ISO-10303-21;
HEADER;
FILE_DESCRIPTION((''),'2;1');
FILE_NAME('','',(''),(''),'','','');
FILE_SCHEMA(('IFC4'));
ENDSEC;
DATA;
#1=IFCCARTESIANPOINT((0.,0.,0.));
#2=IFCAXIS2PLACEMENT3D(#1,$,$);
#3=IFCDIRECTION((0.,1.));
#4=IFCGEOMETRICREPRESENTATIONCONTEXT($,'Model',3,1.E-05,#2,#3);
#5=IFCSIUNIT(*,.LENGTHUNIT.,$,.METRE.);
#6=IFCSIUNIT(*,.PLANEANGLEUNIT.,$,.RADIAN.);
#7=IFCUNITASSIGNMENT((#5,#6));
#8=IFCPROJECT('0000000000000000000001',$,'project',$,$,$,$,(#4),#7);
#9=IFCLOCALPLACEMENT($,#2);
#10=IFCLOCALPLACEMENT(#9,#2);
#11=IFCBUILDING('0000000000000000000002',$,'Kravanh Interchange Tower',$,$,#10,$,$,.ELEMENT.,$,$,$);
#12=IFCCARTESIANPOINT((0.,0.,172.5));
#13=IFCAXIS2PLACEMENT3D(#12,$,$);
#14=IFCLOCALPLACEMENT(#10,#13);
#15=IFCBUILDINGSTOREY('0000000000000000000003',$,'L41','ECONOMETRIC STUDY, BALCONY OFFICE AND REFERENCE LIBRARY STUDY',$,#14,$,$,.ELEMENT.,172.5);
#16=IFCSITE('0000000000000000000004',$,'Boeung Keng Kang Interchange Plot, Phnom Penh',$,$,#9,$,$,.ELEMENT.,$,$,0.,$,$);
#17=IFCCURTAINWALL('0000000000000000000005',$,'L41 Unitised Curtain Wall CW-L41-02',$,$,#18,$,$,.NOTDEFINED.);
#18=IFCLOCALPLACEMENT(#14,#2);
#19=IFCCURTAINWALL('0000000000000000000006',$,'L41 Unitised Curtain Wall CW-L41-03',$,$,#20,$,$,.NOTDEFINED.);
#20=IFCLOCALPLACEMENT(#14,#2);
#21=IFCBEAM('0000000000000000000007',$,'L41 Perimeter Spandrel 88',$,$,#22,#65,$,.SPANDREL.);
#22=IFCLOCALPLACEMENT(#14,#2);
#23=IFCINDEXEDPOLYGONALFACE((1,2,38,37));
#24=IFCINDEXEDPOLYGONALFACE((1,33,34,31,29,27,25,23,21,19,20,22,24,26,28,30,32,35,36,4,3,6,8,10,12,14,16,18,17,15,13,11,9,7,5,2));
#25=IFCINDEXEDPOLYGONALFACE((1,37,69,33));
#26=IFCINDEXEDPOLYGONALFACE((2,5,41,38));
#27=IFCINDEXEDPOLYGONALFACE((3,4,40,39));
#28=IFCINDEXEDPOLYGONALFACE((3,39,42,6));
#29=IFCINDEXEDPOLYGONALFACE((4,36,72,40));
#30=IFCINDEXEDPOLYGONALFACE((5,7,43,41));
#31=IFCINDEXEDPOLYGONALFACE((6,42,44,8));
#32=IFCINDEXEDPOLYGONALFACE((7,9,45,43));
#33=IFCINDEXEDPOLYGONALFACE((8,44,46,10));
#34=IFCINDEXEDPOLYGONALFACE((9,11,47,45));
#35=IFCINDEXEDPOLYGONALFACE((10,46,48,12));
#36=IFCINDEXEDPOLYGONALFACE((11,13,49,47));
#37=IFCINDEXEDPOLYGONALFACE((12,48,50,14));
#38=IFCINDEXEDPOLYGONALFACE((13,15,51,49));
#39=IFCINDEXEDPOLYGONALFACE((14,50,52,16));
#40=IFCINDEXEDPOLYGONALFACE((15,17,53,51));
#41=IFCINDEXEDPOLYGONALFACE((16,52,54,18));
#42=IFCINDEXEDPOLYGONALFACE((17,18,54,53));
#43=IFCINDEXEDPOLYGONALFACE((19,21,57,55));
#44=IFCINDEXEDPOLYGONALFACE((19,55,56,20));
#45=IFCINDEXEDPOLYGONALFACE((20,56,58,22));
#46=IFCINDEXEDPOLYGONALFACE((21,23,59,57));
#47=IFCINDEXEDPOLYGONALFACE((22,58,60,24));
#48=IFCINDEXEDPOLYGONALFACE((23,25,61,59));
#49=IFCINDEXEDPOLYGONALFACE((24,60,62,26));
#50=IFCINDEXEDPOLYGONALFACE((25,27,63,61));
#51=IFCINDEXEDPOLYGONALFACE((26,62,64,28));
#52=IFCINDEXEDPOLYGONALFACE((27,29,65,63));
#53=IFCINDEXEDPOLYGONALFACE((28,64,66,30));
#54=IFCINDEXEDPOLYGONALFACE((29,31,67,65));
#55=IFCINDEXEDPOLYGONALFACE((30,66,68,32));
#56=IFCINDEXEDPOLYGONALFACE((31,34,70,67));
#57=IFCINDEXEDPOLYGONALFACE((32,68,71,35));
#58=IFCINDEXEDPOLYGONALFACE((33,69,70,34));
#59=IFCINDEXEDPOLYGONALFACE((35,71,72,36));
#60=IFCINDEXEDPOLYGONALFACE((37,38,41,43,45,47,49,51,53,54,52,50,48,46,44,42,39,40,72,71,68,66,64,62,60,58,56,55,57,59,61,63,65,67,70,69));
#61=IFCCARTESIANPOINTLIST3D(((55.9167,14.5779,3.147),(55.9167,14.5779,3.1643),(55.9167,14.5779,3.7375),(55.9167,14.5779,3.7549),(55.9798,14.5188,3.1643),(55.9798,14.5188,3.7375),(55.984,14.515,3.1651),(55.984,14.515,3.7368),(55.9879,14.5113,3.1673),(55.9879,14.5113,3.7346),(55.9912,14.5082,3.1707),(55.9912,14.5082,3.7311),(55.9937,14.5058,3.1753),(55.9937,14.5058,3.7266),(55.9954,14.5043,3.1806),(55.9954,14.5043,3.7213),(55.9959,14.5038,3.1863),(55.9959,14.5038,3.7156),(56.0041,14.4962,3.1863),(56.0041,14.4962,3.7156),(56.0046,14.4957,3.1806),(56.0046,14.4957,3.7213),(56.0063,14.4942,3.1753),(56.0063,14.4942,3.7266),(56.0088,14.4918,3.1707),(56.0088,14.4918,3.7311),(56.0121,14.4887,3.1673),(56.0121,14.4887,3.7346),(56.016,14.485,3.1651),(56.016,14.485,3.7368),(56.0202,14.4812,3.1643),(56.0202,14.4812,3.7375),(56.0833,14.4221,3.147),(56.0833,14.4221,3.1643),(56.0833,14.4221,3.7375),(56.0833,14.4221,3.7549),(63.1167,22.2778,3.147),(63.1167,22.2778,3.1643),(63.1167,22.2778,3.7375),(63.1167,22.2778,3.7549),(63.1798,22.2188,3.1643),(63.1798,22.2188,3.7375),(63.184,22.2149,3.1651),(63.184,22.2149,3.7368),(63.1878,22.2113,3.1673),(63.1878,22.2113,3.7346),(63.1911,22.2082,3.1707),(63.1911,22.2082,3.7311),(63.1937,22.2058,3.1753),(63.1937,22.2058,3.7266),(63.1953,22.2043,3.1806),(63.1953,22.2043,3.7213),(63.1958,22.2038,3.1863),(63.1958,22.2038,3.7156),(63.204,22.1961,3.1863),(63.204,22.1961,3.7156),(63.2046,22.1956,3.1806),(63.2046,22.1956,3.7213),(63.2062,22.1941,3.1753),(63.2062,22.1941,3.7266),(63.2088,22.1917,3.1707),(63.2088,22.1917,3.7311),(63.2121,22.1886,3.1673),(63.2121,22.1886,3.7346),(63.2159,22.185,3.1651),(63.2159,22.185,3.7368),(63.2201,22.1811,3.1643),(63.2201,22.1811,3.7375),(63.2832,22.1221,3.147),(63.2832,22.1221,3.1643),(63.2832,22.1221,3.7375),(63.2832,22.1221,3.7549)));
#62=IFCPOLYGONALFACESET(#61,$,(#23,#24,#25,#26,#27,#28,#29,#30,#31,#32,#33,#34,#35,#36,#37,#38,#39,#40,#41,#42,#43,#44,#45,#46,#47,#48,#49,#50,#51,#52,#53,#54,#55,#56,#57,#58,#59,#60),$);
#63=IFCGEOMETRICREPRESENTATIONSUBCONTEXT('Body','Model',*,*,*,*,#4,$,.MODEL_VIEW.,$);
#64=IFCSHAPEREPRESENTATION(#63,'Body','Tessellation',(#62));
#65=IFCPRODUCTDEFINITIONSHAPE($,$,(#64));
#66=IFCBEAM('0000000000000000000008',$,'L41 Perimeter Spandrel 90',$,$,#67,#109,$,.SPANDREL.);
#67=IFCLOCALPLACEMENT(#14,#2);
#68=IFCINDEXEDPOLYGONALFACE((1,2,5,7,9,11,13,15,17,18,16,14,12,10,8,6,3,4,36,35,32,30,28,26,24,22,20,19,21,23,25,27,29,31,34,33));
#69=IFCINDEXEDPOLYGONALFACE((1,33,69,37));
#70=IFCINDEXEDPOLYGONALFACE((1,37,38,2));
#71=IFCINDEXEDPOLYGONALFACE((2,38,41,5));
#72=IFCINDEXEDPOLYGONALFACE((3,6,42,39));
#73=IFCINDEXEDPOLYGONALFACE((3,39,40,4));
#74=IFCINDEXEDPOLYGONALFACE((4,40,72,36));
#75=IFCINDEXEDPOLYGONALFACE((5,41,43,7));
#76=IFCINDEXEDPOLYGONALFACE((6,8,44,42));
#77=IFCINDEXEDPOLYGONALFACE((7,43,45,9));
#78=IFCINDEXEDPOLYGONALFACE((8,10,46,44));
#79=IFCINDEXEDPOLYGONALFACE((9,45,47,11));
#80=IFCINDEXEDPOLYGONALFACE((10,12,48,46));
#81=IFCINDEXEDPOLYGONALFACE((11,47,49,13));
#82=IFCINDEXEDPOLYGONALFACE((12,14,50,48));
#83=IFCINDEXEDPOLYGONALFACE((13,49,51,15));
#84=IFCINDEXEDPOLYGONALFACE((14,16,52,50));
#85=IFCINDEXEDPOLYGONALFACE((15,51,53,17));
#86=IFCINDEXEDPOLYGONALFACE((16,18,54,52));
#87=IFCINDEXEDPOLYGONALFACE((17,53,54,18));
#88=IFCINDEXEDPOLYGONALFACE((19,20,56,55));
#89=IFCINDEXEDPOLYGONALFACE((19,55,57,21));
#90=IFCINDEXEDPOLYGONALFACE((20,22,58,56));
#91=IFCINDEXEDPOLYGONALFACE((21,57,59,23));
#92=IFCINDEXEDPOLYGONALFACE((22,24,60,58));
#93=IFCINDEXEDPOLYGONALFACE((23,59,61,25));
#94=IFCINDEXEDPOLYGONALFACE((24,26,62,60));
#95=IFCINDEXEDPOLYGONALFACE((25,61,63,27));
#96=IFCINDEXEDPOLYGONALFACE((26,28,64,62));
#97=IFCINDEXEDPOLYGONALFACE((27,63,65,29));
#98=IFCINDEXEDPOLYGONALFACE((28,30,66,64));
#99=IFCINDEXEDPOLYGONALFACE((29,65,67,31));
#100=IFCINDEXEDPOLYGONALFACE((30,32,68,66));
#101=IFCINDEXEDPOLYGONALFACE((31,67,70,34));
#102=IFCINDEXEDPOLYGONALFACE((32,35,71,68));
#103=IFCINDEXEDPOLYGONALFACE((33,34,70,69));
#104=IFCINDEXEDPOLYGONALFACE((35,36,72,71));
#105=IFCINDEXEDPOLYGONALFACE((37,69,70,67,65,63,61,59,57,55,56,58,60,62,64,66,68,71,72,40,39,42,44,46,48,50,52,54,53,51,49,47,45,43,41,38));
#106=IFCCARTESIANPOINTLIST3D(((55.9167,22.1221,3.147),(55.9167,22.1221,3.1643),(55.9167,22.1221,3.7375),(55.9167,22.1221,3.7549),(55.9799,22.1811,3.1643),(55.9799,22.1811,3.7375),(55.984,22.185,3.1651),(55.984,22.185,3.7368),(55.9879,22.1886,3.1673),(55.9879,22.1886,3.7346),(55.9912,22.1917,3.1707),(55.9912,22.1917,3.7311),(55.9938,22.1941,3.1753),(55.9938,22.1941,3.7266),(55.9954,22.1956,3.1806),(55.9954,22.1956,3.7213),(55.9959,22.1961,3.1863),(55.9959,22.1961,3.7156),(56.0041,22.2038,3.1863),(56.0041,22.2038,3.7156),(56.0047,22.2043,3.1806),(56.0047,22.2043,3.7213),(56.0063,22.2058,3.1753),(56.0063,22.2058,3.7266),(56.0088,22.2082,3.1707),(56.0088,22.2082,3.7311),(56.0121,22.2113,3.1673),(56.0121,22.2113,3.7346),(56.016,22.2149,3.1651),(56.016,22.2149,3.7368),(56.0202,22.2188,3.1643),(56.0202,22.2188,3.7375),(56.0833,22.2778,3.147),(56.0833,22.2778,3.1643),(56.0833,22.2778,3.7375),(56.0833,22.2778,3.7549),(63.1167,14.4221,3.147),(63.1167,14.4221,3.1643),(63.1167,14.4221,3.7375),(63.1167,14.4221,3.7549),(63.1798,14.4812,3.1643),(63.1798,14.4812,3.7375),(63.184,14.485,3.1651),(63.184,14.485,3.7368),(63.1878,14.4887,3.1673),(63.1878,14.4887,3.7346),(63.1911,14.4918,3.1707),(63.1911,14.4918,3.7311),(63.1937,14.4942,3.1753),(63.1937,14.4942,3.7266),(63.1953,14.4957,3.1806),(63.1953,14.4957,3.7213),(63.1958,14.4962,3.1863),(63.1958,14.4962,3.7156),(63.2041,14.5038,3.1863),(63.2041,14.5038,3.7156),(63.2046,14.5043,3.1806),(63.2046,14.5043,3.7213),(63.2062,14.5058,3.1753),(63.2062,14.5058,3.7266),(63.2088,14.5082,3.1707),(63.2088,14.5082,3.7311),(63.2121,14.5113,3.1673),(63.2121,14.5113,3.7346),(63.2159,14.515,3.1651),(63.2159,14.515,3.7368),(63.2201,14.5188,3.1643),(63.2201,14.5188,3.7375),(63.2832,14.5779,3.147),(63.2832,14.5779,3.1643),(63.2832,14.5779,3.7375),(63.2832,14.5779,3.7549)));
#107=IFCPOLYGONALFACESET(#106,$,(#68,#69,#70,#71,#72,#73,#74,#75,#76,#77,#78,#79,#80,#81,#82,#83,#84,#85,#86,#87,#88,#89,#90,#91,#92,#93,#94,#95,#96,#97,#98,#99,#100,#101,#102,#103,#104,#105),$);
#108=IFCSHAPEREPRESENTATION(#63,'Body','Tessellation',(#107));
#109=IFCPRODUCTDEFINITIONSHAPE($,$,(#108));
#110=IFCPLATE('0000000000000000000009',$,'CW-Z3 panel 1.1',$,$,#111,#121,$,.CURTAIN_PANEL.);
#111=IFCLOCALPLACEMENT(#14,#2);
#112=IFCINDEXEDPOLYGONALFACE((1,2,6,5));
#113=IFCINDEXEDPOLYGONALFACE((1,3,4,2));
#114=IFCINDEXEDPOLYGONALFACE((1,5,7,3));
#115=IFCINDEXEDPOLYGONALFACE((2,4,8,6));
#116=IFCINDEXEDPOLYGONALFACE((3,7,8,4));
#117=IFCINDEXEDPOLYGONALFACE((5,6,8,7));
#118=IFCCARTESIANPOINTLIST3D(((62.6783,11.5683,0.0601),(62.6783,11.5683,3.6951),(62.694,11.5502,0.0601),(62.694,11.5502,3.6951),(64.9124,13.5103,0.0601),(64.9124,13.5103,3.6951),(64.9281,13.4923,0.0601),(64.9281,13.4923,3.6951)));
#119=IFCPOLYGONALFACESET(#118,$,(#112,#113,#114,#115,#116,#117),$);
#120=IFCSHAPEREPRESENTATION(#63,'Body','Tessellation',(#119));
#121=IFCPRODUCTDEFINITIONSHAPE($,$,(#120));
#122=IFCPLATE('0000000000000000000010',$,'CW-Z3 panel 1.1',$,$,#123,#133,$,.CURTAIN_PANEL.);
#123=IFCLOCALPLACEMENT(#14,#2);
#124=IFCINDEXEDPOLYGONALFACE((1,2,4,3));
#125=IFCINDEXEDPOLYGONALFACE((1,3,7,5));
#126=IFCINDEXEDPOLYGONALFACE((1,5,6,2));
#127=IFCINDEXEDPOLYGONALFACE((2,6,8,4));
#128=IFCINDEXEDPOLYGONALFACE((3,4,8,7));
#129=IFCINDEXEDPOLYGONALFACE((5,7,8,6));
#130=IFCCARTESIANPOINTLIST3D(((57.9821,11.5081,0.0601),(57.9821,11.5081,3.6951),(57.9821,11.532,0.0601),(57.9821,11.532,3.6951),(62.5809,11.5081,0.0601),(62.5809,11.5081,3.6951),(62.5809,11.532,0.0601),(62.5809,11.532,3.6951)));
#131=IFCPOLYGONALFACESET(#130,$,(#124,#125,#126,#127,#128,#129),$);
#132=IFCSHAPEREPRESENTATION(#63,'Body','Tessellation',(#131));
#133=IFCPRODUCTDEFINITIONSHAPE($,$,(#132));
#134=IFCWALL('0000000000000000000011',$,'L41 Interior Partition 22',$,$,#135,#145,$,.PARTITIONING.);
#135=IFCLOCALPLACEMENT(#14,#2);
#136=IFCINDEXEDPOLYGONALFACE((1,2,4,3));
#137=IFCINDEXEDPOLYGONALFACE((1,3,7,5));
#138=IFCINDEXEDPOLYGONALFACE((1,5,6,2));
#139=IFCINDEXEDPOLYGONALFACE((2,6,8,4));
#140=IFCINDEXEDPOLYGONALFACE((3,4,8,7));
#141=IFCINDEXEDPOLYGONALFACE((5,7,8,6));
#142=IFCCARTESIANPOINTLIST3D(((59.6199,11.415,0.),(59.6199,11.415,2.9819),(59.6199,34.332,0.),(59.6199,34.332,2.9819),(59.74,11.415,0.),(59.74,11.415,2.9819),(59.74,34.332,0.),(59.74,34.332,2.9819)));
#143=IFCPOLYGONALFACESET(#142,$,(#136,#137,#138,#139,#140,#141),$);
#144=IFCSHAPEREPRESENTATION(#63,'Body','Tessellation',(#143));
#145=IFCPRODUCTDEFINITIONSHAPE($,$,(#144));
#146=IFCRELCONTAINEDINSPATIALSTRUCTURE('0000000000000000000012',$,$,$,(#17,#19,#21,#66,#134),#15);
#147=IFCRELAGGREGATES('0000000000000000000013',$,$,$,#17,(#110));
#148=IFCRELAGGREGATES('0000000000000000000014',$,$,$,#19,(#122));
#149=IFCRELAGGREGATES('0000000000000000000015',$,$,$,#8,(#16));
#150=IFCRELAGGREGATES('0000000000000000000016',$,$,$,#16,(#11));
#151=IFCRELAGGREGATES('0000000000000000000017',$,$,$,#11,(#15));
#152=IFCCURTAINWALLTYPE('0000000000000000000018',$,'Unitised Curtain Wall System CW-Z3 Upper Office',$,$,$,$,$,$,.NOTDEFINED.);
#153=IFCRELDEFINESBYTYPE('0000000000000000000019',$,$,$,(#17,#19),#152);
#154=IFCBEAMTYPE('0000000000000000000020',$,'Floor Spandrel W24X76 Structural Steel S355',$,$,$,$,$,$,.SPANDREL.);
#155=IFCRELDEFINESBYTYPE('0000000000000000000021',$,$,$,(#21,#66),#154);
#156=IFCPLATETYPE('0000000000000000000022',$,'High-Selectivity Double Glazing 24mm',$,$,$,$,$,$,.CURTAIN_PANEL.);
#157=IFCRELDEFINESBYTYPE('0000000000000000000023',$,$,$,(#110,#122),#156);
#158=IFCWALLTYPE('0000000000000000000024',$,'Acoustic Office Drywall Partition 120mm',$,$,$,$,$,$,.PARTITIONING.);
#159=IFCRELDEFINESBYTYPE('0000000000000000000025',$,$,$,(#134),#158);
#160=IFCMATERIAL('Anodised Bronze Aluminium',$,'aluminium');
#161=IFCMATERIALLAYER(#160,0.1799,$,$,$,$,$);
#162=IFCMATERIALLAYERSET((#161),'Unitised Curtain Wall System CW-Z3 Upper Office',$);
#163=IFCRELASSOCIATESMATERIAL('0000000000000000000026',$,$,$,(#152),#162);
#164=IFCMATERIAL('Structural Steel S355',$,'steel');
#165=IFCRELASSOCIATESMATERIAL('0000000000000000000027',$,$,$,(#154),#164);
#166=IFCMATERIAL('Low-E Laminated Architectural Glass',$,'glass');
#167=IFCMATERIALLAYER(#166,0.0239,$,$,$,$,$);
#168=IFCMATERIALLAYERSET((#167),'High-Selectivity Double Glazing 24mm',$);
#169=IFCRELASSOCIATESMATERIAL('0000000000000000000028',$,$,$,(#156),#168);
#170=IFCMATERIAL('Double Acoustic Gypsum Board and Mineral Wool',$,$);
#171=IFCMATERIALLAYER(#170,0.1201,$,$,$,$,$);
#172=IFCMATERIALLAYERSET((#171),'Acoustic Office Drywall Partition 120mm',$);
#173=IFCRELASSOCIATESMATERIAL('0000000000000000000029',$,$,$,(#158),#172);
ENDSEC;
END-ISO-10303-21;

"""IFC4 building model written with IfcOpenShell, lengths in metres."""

from ifc_helpers import new_model, si_unit, direction, frame, frame_2d, origin, origin_2d, place, context, subcontext, project, spatial, rectangle, i_section, extrude, material, layer, layer_set, material_profile, profile_set, type_object, element, aggregate, save


model = new_model("IFC4")

# Units and contexts
model_context = context("Model", 3, precision=1e-05, world=origin(), true_north=direction((0.0, 1.0)))
body_context = subcontext(model_context, "Body", "Model", "MODEL_VIEW")
ifc_project = project(units=[si_unit("LENGTHUNIT", "METRE"), si_unit("PLANEANGLEUNIT", "RADIAN")], contexts=[model_context])

# Site, building, storey
site_placement = place(None, origin())
site = spatial("IfcSite", under=ifc_project, at=site_placement, Name="Boeung Keng Kang Interchange Plot, Phnom Penh", CompositionType="ELEMENT", RefElevation=0.0)
building_placement = place(site_placement, origin())
building = spatial("IfcBuilding", under=site, at=building_placement, Name="Kravanh Interchange Tower", CompositionType="ELEMENT")
storey_placement = place(building_placement, frame((0.0, 0.0, 172.5)))
storey = spatial("IfcBuildingStorey", under=building, at=storey_placement, Name="L41", Description="ECONOMETRIC STUDY, BALCONY OFFICE AND REFERENCE LIBRARY STUDY", CompositionType="ELEMENT", Elevation=172.5)

# Curtain walls
ifc_material_1 = material(Name="Anodised Bronze Aluminium", Category="aluminium")
ifc_layer_1 = layer(ifc_material_1, 0.1799)
ifc_layer_set_1 = layer_set([ifc_layer_1], Name="Unitised Curtain Wall System CW-Z3 Upper Office")
curtain_wall_type = type_object("IfcCurtainWallType", Name="Unitised Curtain Wall System CW-Z3 Upper Office", PredefinedType="NOTDEFINED", material=ifc_layer_set_1)
curtain_wall_1_placement = place(storey_placement, origin())
curtain_wall_1 = element("IfcCurtainWall", 1, at=curtain_wall_1_placement, inside=storey, type_object=curtain_wall_type, Name="L41 Unitised Curtain Wall CW-L41-02", PredefinedType="NOTDEFINED")
curtain_wall_2_placement = place(storey_placement, origin())
curtain_wall_2 = element("IfcCurtainWall", 2, at=curtain_wall_2_placement, inside=storey, type_object=curtain_wall_type, Name="L41 Unitised Curtain Wall CW-L41-03", PredefinedType="NOTDEFINED")

# Beams
ifc_material_2 = material(Name="Structural Steel S355", Category="steel")
ifc_material_profile_1 = material_profile(ifc_material_2, i_section(OverallWidth=0.228, OverallDepth=0.6079, WebThickness=0.0112, FlangeThickness=0.0173, FilletRadius=0.022, at=origin_2d()), Name="W24X76")
ifc_profile_set_1 = profile_set([ifc_material_profile_1], Name="Structural Steel S355")
beam_type_1 = type_object("IfcBeamType", Name="Floor Spandrel W24X76 Structural Steel S355", PredefinedType="SPANDREL", material=ifc_profile_set_1)
for number, where, z_axis, x_axis, name in (
    (3, (56.0, 14.5, 3.4509), (0.682994, 0.730424, 0.0), (-0.730424, 0.682994, 0.0), "L41 Perimeter Spandrel 88"),
    (4, (63.2, 14.5, 3.4509), (-0.682994, 0.730424, 0.0), (-0.730424, -0.682994, 0.0), "L41 Perimeter Spandrel 90"),
):
    element("IfcBeam", number, at=place(storey_placement, frame(where, z_axis=z_axis, x_axis=x_axis)), inside=storey, type_object=beam_type_1, Name=name, PredefinedType="SPANDREL", context=body_context, shape_type="SweptSolid", body=[
        extrude(i_section(OverallWidth=0.228, OverallDepth=0.6079, WebThickness=0.0112, FlangeThickness=0.0173, FilletRadius=0.022, at=origin_2d()), origin(), (0.0, 0.0, 1.0), 10.5417),
    ])

# Plates
ifc_material_3 = material(Name="Low-E Laminated Architectural Glass", Category="glass")
ifc_layer_2 = layer(ifc_material_3, 0.0239)
ifc_layer_set_2 = layer_set([ifc_layer_2], Name="High-Selectivity Double Glazing 24mm")
plate_type = type_object("IfcPlateType", Name="High-Selectivity Double Glazing 24mm", PredefinedType="CURTAIN_PANEL", material=ifc_layer_set_2)
plate_1_placement = place(storey_placement, frame((63.8032, 12.5303, 0.0601), z_axis=(0.0, 0.0, 1.0), x_axis=(-0.754717, -0.656051, 0.0)))
plate_1 = element("IfcPlate", 5, at=plate_1_placement, type_object=plate_type, Name="CW-Z3 panel 1.1", PredefinedType="CURTAIN_PANEL", context=body_context, shape_type="SweptSolid", body=[
    extrude(rectangle(XDim=2.9602, YDim=0.0239, at=origin_2d()), origin(), (0.0, 0.0, 1.0), 3.635),
])
aggregate(curtain_wall_1, [plate_1])
plate_2_placement = place(storey_placement, frame((60.2815, 11.52, 0.0601), z_axis=(0.0, 0.0, 1.0), x_axis=(-1.0, 0.0, 0.0)))
plate_2 = element("IfcPlate", 6, at=plate_2_placement, type_object=plate_type, Name="CW-Z3 panel 1.1", PredefinedType="CURTAIN_PANEL", context=body_context, shape_type="SweptSolid", body=[
    extrude(rectangle(XDim=4.5989, YDim=0.0239, at=origin_2d()), origin(), (0.0, 0.0, 1.0), 3.635),
])
aggregate(curtain_wall_2, [plate_2])

# Wall
ifc_material_4 = material(Name="Double Acoustic Gypsum Board and Mineral Wool")
ifc_layer_3 = layer(ifc_material_4, 0.1201)
ifc_layer_set_3 = layer_set([ifc_layer_3], Name="Acoustic Office Drywall Partition 120mm")
wall_type = type_object("IfcWallType", Name="Acoustic Office Drywall Partition 120mm", PredefinedType="PARTITIONING", material=ifc_layer_set_3)
wall_placement = place(storey_placement, frame((59.6799, 11.415, 0.0), z_axis=(0.0, 0.0, 1.0), x_axis=(0.0, 1.0, 0.0)))
element("IfcWall", 7, at=wall_placement, inside=storey, type_object=wall_type, Name="L41 Interior Partition 22", PredefinedType="PARTITIONING", context=body_context, shape_type="SweptSolid", body=[
    extrude(rectangle(XDim=22.917, YDim=0.1201, at=frame_2d((11.4585, 0.0))), origin(), (0.0, 0.0, 1.0), 2.9819),
])

save(model, "model.ifc")
